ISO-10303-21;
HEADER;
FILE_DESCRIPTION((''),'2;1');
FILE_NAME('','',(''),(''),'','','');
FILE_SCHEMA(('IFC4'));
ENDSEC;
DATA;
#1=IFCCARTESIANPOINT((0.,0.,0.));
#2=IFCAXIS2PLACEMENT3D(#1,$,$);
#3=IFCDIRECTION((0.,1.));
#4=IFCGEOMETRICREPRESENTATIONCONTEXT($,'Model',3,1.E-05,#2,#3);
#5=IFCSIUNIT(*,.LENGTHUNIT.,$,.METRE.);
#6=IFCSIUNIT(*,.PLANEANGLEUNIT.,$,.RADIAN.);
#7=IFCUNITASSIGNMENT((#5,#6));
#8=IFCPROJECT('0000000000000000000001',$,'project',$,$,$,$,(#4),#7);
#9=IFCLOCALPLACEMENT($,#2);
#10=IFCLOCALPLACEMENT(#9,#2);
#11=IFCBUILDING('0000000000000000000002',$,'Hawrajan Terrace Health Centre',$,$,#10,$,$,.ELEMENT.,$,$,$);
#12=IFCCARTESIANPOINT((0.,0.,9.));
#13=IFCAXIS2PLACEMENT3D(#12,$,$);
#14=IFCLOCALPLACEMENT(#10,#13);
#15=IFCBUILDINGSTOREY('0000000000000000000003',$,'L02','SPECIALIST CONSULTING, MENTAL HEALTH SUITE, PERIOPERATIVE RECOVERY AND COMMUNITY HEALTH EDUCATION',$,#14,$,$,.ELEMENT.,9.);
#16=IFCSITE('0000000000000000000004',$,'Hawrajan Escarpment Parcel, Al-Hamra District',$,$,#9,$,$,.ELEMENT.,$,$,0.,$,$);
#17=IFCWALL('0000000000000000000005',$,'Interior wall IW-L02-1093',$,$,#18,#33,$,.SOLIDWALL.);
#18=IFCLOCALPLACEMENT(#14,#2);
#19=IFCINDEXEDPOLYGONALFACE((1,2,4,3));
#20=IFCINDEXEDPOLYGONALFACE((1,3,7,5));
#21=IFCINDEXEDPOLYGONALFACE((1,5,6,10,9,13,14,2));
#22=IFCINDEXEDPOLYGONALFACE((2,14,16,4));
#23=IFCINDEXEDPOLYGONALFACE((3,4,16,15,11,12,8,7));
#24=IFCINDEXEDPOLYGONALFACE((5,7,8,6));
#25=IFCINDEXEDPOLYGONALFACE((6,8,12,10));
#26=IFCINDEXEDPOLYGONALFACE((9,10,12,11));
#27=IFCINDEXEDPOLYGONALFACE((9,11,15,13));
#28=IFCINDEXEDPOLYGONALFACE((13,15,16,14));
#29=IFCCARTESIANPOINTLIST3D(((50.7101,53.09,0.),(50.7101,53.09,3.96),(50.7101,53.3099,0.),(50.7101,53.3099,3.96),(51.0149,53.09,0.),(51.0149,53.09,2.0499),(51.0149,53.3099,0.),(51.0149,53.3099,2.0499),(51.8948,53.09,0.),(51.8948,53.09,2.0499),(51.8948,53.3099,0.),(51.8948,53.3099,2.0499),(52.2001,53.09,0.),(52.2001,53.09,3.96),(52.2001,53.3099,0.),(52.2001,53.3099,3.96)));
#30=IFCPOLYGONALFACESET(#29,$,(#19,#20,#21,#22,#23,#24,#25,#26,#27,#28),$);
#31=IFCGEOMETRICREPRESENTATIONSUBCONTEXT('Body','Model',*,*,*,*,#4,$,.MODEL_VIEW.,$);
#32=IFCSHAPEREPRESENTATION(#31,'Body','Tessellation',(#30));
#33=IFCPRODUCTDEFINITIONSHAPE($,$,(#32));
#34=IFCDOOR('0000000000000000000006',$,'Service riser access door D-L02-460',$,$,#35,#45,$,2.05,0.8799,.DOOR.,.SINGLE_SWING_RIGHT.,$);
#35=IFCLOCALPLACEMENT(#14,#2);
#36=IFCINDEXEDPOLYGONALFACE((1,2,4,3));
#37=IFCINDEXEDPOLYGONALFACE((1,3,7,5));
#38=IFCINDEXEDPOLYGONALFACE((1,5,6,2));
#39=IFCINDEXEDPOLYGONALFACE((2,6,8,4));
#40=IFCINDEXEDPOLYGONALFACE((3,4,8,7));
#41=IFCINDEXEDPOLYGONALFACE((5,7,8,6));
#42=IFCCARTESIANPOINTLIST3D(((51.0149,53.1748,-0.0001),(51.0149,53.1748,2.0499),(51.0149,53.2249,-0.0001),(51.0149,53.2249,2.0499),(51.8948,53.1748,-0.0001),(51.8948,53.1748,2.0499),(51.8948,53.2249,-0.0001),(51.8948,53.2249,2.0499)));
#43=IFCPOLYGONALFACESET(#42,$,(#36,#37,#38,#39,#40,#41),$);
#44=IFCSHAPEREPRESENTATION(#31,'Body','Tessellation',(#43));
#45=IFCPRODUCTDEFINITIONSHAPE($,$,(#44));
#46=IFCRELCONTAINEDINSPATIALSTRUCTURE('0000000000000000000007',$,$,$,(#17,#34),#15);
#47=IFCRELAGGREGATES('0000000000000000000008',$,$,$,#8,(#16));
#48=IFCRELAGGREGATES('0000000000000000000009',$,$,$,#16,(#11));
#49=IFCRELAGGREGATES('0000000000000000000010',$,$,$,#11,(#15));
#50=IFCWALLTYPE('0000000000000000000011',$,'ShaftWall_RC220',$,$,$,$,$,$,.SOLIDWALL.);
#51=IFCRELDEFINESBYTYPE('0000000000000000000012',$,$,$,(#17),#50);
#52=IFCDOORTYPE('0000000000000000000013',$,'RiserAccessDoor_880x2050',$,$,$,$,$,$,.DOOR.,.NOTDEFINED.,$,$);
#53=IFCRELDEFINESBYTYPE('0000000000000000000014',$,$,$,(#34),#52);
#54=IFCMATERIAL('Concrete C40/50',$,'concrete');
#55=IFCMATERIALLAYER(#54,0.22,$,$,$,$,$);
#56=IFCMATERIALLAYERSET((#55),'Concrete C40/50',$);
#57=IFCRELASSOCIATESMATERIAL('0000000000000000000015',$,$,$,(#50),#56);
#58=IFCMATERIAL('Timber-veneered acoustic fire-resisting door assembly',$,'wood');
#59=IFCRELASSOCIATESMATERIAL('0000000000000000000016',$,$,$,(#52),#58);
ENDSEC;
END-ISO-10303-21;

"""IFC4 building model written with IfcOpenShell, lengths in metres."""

from ifc_helpers import new_model, si_unit, direction, frame, frame_2d, origin, place, context, subcontext, project, spatial, rectangle, extrude, material, layer, layer_set, type_object, element, fill, save


model = new_model("IFC4")

# Units and contexts
model_context = context("Model", 3, precision=1e-05, world=origin(), true_north=direction((0.0, 1.0)))
body_context = subcontext(model_context, "Body", "Model", "MODEL_VIEW")
ifc_project = project(units=[si_unit("LENGTHUNIT", "METRE"), si_unit("PLANEANGLEUNIT", "RADIAN")], contexts=[model_context])

# Site, building, storey
site_placement = place(None, origin())
site = spatial("IfcSite", under=ifc_project, at=site_placement, Name="Hawrajan Escarpment Parcel, Al-Hamra District", CompositionType="ELEMENT", RefElevation=0.0)
building_placement = place(site_placement, origin())
building = spatial("IfcBuilding", under=site, at=building_placement, Name="Hawrajan Terrace Health Centre", CompositionType="ELEMENT")
storey_placement = place(building_placement, frame((0.0, 0.0, 9.0)))
storey = spatial("IfcBuildingStorey", under=building, at=storey_placement, Name="L02", Description="SPECIALIST CONSULTING, MENTAL HEALTH SUITE, PERIOPERATIVE RECOVERY AND COMMUNITY HEALTH EDUCATION", CompositionType="ELEMENT", Elevation=9.0)

# Shared definitions
ifc_material_1 = material(Name="Concrete C40/50", Category="concrete")

# Shared definitions
ifc_material_2 = material(Name="Timber-veneered acoustic fire-resisting door assembly", Category="wood")

# Shared definitions
ifc_layer_1 = layer(ifc_material_1, 0.22)
ifc_layer_set_1 = layer_set([ifc_layer_1], Name="Concrete C40/50")
wall_type_1 = type_object("IfcWallType", Name="ShaftWall_RC220", PredefinedType="SOLIDWALL", material=ifc_layer_set_1)

# Wall, opening, door
wall_1_placement = place(storey_placement, frame((50.71, 53.2, 0.0), z_axis=(0.0, 0.0, 1.0), x_axis=(1.0, 0.0, 0.0)))
wall_1 = element("IfcWall", 1, at=wall_1_placement, inside=storey, type_object=wall_type_1, Name="Interior wall IW-L02-1093", PredefinedType="SOLIDWALL", context=body_context, shape_type="SweptSolid", body=[
    extrude(rectangle(XDim=1.49, YDim=0.22, at=frame_2d((0.7451, 0.0))), origin(), (0.0, 0.0, 1.0), 3.96),
])
opening_1_placement = place(wall_1_placement, frame((0.3049, 0.0, 0.0)))
opening_1 = element("IfcOpeningElement", 2, at=opening_1_placement, cuts=wall_1, PredefinedType="OPENING", context=body_context, shape_type="SweptSolid", body=[
    extrude(rectangle(XDim=0.8799, YDim=2.05, at=frame_2d((0.4399, 1.0249))), frame((0.0, 0.1199, 0.0), z_axis=(0.0, -1.0, 0.0), x_axis=(1.0, 0.0, 0.0)), (0.0, 0.0, 1.0), 0.24),
])
door_type_1 = type_object("IfcDoorType", Name="RiserAccessDoor_880x2050", OperationType="NOTDEFINED", PredefinedType="DOOR", material=ifc_material_2)
door_1_placement = place(opening_1_placement, origin())
door_1 = element("IfcDoor", 3, at=door_1_placement, inside=storey, type_object=door_type_1, Name="Service riser access door D-L02-460", OperationType="SINGLE_SWING_RIGHT", OverallHeight=2.05, OverallWidth=0.8799, PredefinedType="DOOR", context=body_context, shape_type="SweptSolid", body=[
    extrude(rectangle(XDim=0.8799, YDim=2.05, at=frame_2d((0.4399, 1.0249))), frame((0.0, 0.0249, 0.0), z_axis=(0.0, -1.0, 0.0), x_axis=(1.0, 0.0, 0.0)), (0.0, 0.0, 1.0), 0.05),
])
fill(opening_1, door_1)

save(model, "model.ifc")
